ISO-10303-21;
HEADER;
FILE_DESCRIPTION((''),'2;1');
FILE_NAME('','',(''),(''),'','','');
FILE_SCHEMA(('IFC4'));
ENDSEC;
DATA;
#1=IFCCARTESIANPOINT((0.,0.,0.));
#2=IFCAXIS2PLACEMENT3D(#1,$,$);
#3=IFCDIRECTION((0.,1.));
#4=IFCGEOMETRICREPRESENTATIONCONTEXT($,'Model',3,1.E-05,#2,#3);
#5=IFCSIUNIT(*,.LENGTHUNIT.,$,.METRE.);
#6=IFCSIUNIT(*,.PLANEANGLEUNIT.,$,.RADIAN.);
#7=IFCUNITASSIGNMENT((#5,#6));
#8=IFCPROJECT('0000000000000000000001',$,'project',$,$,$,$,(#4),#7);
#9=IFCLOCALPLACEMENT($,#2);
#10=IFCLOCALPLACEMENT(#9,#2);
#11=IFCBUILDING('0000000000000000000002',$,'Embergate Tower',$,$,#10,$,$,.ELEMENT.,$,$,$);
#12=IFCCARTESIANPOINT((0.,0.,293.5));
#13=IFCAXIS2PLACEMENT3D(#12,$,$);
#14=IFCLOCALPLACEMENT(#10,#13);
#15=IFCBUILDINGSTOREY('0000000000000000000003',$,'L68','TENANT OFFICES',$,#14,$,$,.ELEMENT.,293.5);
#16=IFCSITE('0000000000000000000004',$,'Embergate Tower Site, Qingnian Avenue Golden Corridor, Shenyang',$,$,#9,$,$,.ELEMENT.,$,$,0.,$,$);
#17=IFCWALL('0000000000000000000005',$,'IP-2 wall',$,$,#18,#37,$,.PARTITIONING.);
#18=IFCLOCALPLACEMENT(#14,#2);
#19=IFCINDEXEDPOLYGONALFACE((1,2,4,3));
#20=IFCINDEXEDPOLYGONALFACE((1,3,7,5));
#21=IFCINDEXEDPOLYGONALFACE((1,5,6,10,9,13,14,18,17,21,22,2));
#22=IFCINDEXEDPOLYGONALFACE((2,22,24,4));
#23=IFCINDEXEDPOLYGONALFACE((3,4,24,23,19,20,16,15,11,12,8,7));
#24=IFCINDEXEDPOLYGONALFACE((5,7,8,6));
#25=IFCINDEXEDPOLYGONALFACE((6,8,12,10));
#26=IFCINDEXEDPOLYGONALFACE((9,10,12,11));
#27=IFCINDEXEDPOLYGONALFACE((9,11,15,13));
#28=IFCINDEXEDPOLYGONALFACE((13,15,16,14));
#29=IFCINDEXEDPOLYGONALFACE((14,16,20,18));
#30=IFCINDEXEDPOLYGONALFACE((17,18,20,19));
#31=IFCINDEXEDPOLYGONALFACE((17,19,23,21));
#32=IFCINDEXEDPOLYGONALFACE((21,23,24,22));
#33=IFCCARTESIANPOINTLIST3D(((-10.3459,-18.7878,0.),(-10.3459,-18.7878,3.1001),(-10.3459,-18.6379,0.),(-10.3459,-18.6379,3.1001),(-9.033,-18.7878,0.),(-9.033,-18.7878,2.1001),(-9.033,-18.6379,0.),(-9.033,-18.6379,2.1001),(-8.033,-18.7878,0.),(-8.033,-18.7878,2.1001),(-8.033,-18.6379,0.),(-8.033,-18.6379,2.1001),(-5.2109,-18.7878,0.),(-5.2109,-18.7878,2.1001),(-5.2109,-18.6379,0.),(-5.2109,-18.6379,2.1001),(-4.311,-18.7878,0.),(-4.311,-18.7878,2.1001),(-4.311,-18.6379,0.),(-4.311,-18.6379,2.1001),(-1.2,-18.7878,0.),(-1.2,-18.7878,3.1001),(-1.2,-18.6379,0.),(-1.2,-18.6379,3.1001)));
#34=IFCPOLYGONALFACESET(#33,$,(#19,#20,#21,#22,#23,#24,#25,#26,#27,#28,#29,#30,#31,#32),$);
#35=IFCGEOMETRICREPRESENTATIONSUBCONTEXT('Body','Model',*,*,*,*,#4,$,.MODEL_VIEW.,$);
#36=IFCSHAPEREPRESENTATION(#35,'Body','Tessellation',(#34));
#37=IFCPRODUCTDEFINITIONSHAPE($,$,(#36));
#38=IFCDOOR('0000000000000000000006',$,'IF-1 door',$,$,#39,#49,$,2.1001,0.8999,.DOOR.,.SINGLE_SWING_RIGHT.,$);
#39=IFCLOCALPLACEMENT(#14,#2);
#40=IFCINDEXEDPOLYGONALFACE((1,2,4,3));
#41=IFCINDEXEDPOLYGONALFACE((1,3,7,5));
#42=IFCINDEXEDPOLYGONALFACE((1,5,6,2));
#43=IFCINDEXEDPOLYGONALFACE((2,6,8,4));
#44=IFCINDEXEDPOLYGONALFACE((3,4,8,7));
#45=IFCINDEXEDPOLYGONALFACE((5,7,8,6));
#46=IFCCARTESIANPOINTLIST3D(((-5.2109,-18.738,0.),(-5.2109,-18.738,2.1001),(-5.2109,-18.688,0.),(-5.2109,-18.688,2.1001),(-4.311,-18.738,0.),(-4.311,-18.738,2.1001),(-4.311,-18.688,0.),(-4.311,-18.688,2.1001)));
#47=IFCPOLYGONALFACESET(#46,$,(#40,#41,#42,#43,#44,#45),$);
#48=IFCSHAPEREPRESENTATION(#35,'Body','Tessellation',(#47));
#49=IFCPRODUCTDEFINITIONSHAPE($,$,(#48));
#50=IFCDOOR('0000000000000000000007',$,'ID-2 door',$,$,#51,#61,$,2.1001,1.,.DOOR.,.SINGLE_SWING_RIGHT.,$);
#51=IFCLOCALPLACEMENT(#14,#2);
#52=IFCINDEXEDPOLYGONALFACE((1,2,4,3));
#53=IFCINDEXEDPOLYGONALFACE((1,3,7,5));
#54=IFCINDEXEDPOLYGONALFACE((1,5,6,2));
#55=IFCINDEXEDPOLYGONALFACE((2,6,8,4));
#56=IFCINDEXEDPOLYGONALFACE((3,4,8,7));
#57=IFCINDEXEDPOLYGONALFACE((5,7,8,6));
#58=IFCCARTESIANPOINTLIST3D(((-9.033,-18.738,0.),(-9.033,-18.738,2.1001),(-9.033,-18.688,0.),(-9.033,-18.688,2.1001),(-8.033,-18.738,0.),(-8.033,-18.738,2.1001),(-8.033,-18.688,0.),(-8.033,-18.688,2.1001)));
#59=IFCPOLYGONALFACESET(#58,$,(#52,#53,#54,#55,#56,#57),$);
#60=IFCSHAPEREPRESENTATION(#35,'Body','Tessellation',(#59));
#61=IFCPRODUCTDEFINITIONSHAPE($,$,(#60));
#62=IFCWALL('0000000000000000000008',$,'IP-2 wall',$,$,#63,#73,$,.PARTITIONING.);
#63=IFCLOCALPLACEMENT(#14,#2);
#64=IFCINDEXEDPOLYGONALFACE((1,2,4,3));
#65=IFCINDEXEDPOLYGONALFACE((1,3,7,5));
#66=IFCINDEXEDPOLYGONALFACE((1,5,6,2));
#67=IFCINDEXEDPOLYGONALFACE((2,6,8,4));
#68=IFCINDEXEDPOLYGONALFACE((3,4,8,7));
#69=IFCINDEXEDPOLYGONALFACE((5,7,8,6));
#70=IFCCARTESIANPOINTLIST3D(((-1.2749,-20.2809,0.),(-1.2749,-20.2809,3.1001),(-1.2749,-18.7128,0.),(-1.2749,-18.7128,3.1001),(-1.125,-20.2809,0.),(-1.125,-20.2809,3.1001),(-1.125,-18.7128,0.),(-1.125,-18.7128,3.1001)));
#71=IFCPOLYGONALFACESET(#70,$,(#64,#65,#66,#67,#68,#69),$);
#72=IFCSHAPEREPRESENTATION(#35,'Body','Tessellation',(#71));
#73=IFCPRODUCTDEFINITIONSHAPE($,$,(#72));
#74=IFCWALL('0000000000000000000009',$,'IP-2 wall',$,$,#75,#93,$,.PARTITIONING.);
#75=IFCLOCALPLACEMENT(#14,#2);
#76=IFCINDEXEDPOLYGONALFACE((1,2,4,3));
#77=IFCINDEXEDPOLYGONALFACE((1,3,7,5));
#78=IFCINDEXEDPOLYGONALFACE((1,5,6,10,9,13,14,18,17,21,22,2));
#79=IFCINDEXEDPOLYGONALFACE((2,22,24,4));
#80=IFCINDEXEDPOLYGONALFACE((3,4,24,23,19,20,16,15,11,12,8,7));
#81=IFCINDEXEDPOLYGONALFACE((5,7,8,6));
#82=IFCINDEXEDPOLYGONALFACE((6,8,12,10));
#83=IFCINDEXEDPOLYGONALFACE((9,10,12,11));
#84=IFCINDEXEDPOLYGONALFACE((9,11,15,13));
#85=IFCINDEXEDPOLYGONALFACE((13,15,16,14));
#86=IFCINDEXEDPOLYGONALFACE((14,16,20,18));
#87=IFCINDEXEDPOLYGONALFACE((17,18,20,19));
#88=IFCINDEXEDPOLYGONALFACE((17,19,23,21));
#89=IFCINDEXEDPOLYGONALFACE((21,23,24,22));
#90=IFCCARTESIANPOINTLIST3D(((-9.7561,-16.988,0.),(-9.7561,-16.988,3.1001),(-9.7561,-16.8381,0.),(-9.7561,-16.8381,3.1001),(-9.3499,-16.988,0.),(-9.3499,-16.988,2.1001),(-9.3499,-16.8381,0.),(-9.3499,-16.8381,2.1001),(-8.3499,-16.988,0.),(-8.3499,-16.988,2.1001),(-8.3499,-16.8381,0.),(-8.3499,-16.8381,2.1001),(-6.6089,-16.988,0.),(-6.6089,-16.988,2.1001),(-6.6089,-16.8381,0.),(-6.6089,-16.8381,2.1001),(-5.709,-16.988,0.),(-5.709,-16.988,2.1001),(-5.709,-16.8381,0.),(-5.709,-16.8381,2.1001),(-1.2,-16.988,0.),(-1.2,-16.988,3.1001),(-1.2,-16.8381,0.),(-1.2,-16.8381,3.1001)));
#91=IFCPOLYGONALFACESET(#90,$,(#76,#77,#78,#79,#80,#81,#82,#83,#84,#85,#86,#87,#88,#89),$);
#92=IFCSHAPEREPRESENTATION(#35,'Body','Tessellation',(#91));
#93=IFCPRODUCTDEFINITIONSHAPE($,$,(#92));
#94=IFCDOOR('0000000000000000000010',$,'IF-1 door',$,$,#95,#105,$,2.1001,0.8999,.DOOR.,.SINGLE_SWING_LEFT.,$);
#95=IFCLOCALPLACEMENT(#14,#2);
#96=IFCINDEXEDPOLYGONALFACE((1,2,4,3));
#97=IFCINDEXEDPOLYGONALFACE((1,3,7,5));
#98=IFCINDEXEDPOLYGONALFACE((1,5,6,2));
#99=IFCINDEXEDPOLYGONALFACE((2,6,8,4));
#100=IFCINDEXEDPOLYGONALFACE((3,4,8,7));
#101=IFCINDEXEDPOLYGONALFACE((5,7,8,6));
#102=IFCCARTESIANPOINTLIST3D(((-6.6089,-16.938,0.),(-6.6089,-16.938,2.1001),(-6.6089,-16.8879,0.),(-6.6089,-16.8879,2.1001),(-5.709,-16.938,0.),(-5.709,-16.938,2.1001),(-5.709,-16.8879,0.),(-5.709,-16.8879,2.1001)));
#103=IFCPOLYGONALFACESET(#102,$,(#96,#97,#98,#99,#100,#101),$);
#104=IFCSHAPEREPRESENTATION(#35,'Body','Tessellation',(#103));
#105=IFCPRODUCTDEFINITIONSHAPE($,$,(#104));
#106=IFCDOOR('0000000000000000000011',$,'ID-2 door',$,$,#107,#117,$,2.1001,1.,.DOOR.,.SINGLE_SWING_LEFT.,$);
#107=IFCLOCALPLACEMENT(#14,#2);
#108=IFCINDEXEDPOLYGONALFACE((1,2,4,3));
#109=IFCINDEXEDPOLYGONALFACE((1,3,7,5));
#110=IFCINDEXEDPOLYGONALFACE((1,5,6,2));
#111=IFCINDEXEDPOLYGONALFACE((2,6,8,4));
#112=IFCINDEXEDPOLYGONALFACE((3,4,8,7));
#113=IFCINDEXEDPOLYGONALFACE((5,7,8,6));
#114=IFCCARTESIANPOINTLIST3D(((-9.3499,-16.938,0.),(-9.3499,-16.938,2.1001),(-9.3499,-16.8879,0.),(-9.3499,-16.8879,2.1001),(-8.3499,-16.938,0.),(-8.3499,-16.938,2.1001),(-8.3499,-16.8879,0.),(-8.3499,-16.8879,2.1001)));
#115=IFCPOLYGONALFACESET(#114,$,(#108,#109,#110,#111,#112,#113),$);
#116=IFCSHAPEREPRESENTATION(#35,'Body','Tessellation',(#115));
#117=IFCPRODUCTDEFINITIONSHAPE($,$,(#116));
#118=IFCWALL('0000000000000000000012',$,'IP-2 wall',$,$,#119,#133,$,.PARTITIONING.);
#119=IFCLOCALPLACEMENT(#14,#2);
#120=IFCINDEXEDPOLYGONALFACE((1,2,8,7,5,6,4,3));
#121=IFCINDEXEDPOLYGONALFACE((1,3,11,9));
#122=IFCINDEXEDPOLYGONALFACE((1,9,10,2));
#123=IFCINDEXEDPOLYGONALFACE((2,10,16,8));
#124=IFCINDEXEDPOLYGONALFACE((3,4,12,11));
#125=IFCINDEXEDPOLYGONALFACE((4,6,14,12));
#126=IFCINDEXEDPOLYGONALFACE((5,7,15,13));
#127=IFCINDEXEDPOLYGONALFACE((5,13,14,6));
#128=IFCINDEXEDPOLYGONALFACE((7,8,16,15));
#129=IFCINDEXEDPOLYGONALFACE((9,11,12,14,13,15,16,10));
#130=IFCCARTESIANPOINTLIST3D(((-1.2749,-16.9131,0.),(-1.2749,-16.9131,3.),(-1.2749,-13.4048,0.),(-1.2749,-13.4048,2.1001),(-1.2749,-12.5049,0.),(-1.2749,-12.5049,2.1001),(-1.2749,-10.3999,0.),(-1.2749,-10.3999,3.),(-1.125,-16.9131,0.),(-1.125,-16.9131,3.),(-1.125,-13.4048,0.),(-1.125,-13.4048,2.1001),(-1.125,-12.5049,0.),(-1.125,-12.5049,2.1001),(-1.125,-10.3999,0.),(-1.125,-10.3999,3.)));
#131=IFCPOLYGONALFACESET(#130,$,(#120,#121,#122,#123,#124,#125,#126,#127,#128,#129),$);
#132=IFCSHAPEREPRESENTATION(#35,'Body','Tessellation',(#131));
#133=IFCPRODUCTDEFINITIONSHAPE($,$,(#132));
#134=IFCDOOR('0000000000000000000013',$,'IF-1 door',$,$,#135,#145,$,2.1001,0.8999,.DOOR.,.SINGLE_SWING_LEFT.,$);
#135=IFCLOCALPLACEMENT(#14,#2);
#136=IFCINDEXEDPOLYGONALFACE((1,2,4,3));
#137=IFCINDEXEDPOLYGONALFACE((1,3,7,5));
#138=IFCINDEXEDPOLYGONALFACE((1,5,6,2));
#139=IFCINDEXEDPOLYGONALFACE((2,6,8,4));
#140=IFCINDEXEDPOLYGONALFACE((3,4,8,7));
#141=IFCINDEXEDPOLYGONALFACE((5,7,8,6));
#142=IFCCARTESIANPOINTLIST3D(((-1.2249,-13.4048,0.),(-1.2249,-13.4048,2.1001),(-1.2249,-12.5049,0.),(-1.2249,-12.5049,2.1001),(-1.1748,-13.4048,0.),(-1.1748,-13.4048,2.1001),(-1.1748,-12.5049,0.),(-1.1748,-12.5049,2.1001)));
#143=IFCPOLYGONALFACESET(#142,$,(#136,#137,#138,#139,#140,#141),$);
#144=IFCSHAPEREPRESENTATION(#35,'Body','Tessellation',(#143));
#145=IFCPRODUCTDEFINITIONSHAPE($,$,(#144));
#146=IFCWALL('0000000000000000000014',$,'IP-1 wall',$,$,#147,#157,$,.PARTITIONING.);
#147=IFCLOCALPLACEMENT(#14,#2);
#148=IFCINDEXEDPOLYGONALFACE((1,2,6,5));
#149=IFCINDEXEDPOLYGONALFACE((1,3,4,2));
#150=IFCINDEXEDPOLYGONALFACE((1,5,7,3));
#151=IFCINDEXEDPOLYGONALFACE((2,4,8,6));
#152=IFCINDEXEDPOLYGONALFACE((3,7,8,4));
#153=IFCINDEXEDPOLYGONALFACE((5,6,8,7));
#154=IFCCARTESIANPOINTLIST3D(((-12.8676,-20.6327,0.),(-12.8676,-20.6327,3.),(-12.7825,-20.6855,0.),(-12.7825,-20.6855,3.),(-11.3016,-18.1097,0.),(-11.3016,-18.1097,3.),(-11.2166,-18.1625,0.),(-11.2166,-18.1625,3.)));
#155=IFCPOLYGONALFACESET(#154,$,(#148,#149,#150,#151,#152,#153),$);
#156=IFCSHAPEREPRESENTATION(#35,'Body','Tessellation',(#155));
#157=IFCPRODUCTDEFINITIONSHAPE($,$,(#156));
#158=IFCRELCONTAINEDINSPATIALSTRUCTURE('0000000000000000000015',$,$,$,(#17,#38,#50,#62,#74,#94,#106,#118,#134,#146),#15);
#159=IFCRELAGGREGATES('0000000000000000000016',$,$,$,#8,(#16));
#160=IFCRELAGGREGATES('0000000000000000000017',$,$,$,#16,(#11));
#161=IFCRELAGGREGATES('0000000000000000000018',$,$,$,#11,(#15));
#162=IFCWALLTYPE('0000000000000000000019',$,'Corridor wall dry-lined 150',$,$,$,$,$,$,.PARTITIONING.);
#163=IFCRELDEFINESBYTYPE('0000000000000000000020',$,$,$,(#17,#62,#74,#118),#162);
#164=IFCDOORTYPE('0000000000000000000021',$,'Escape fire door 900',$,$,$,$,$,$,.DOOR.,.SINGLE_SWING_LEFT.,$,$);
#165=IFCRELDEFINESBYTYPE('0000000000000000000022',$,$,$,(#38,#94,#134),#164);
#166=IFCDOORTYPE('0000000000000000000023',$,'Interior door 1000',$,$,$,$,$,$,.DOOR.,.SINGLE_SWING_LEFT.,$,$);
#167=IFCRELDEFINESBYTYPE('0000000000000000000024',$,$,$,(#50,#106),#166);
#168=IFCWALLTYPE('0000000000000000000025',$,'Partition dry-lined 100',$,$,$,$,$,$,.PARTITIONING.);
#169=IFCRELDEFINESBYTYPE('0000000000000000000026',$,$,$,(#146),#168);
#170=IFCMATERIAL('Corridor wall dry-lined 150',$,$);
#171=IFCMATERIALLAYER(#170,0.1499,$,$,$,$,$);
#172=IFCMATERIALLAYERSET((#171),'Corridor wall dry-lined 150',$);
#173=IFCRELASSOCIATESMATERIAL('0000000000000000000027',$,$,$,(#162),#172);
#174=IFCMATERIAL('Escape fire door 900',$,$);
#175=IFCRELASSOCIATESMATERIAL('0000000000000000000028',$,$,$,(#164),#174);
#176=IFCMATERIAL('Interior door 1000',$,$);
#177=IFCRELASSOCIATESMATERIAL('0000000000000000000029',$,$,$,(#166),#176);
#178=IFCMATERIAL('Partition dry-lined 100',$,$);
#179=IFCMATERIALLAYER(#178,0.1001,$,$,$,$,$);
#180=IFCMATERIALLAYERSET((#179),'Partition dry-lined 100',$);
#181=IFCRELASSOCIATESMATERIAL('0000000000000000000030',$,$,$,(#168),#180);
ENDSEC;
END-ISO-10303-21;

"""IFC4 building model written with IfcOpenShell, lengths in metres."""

from ifc_helpers import new_model, si_unit, direction, frame, frame_2d, origin, place, context, subcontext, project, spatial, rectangle, extrude, source, transform, mapped, material, layer, layer_set, type_object, element, fill, save


model = new_model("IFC4")

# Units and contexts
model_context = context("Model", 3, precision=1e-05, world=origin(), true_north=direction((0.0, 1.0)))
body_context = subcontext(model_context, "Body", "Model", "MODEL_VIEW")
ifc_project = project(units=[si_unit("LENGTHUNIT", "METRE"), si_unit("PLANEANGLEUNIT", "RADIAN")], contexts=[model_context])

# Site, building, storey
site_placement = place(None, origin())
site = spatial("IfcSite", under=ifc_project, at=site_placement, Name="Embergate Tower Site, Qingnian Avenue Golden Corridor, Shenyang", CompositionType="ELEMENT", RefElevation=0.0)
building_placement = place(site_placement, origin())
building = spatial("IfcBuilding", under=site, at=building_placement, Name="Embergate Tower", CompositionType="ELEMENT")
storey_placement = place(building_placement, frame((0.0, 0.0, 293.5)))
storey = spatial("IfcBuildingStorey", under=building, at=storey_placement, Name="L68", Description="TENANT OFFICES", CompositionType="ELEMENT", Elevation=293.5)

# Wall, openings, doors
ifc_material_1 = material(Name="Corridor wall dry-lined 150")
ifc_layer_1 = layer(ifc_material_1, 0.1499)
ifc_layer_set_1 = layer_set([ifc_layer_1], Name="Corridor wall dry-lined 150")
wall_type_1 = type_object("IfcWallType", Name="Corridor wall dry-lined 150", PredefinedType="PARTITIONING", material=ifc_layer_set_1)
shared_shape_1 = source(origin(), body_context, "Body", "SweptSolid", [
    extrude(rectangle(XDim=0.8999, YDim=2.1001, at=frame_2d((0.45, 1.05))), frame((0.0, 0.085, 0.0), z_axis=(0.0, -1.0, 0.0), x_axis=(1.0, 0.0, 0.0)), (0.0, 0.0, 1.0), 0.1699),
])
shared_shape_2 = source(origin(), body_context, "Body", "SweptSolid", [
    extrude(rectangle(XDim=1.0, YDim=2.1001, at=frame_2d((0.5, 1.05))), frame((0.0, 0.085, 0.0), z_axis=(0.0, -1.0, 0.0), x_axis=(1.0, 0.0, 0.0)), (0.0, 0.0, 1.0), 0.1699),
])
ifc_material_2 = material(Name="Escape fire door 900")
door_type_1 = type_object("IfcDoorType", Name="Escape fire door 900", OperationType="SINGLE_SWING_LEFT", PredefinedType="DOOR", material=ifc_material_2)
shared_shape_3 = source(origin(), body_context, "Body", "SweptSolid", [
    extrude(rectangle(XDim=0.8999, YDim=2.1001, at=frame_2d((0.45, 1.05))), frame((0.0, 0.0249, 0.0), z_axis=(0.0, -1.0, 0.0), x_axis=(1.0, 0.0, 0.0)), (0.0, 0.0, 1.0), 0.05),
])
ifc_material_3 = material(Name="Interior door 1000")
door_type_2 = type_object("IfcDoorType", Name="Interior door 1000", OperationType="SINGLE_SWING_LEFT", PredefinedType="DOOR", material=ifc_material_3)
shared_shape_4 = source(origin(), body_context, "Body", "SweptSolid", [
    extrude(rectangle(XDim=1.0, YDim=2.1001, at=frame_2d((0.5, 1.05))), frame((0.0, 0.0249, 0.0), z_axis=(0.0, -1.0, 0.0), x_axis=(1.0, 0.0, 0.0)), (0.0, 0.0, 1.0), 0.05),
])
shared_shape_5 = source(origin(), body_context, "Body", "SweptSolid", [
    extrude(rectangle(XDim=9.146, YDim=0.1499, at=frame_2d((4.573, 0.0))), origin(), (0.0, 0.0, 1.0), 3.1001),
])
wall_1_placement = place(storey_placement, frame((-10.3459, -18.7129, 0.0), z_axis=(0.0, 0.0, 1.0), x_axis=(1.0, 0.0, 0.0)))
wall_1 = element("IfcWall", 1, at=wall_1_placement, inside=storey, type_object=wall_type_1, Name="IP-2 wall", PredefinedType="PARTITIONING", context=body_context, shape_type="MappedRepresentation", body=[
    mapped(shared_shape_5, transform((0.0, 0.0, 0.0))),
])
opening_1_placement = place(wall_1_placement, frame((1.313, 0.0, 0.0)))
opening_1 = element("IfcOpeningElement", 2, at=opening_1_placement, cuts=wall_1, PredefinedType="OPENING", context=body_context, shape_type="MappedRepresentation", body=[
    mapped(shared_shape_2, transform((0.0, 0.0, 0.0))),
])
opening_2_placement = place(wall_1_placement, frame((5.135, 0.0, 0.0)))
opening_2 = element("IfcOpeningElement", 3, at=opening_2_placement, cuts=wall_1, PredefinedType="OPENING", context=body_context, shape_type="MappedRepresentation", body=[
    mapped(shared_shape_1, transform((0.0, 0.0, 0.0))),
])
door_1_placement = place(opening_2_placement, origin())
door_1 = element("IfcDoor", 4, at=door_1_placement, inside=storey, type_object=door_type_1, Name="IF-1 door", OperationType="SINGLE_SWING_RIGHT", OverallHeight=2.1001, OverallWidth=0.8999, PredefinedType="DOOR", context=body_context, shape_type="MappedRepresentation", body=[
    mapped(shared_shape_3, transform((0.0, 0.0, 0.0))),
])
fill(opening_2, door_1)
door_2_placement = place(opening_1_placement, origin())
door_2 = element("IfcDoor", 5, at=door_2_placement, inside=storey, type_object=door_type_2, Name="ID-2 door", OperationType="SINGLE_SWING_RIGHT", OverallHeight=2.1001, OverallWidth=1.0, PredefinedType="DOOR", context=body_context, shape_type="MappedRepresentation", body=[
    mapped(shared_shape_4, transform((0.0, 0.0, 0.0))),
])
fill(opening_1, door_2)

# Wall
shared_shape_6 = source(origin(), body_context, "Body", "SweptSolid", [
    extrude(rectangle(XDim=1.5681, YDim=0.1499, at=frame_2d((0.7842, 0.0))), origin(), (0.0, 0.0, 1.0), 3.1001),
])
wall_2_placement = place(storey_placement, frame((-1.2, -20.281, 0.0), z_axis=(0.0, 0.0, 1.0), x_axis=(0.0, 1.0, 0.0)))
element("IfcWall", 6, at=wall_2_placement, inside=storey, type_object=wall_type_1, Name="IP-2 wall", PredefinedType="PARTITIONING", context=body_context, shape_type="MappedRepresentation", body=[
    mapped(shared_shape_6, transform((0.0, 0.0, 0.0))),
])

# Wall, openings, doors
shared_shape_7 = source(origin(), body_context, "Body", "SweptSolid", [
    extrude(rectangle(XDim=8.5562, YDim=0.1499, at=frame_2d((4.2781, 0.0))), origin(), (0.0, 0.0, 1.0), 3.1001),
])
wall_3_placement = place(storey_placement, frame((-1.2, -16.9131, 0.0), z_axis=(0.0, 0.0, 1.0), x_axis=(-1.0, 0.0, 0.0)))
wall_3 = element("IfcWall", 7, at=wall_3_placement, inside=storey, type_object=wall_type_1, Name="IP-2 wall", PredefinedType="PARTITIONING", context=body_context, shape_type="MappedRepresentation", body=[
    mapped(shared_shape_7, transform((0.0, 0.0, 0.0))),
])
opening_3_placement = place(wall_3_placement, frame((7.1499, 0.0, 0.0)))
opening_3 = element("IfcOpeningElement", 8, at=opening_3_placement, cuts=wall_3, PredefinedType="OPENING", context=body_context, shape_type="MappedRepresentation", body=[
    mapped(shared_shape_2, transform((0.0, 0.0, 0.0))),
])
opening_4_placement = place(wall_3_placement, frame((4.509, 0.0, 0.0)))
opening_4 = element("IfcOpeningElement", 9, at=opening_4_placement, cuts=wall_3, PredefinedType="OPENING", context=body_context, shape_type="MappedRepresentation", body=[
    mapped(shared_shape_1, transform((0.0, 0.0, 0.0))),
])
door_3_placement = place(opening_4_placement, origin())
door_3 = element("IfcDoor", 10, at=door_3_placement, inside=storey, type_object=door_type_1, Name="IF-1 door", OperationType="SINGLE_SWING_LEFT", OverallHeight=2.1001, OverallWidth=0.8999, PredefinedType="DOOR", context=body_context, shape_type="MappedRepresentation", body=[
    mapped(shared_shape_3, transform((0.0, 0.0, 0.0))),
])
fill(opening_4, door_3)
door_4_placement = place(opening_3_placement, origin())
door_4 = element("IfcDoor", 11, at=door_4_placement, inside=storey, type_object=door_type_2, Name="ID-2 door", OperationType="SINGLE_SWING_LEFT", OverallHeight=2.1001, OverallWidth=1.0, PredefinedType="DOOR", context=body_context, shape_type="MappedRepresentation", body=[
    mapped(shared_shape_4, transform((0.0, 0.0, 0.0))),
])
fill(opening_3, door_4)

# Wall, opening, door
shared_shape_8 = source(origin(), body_context, "Body", "SweptSolid", [
    extrude(rectangle(XDim=6.5132, YDim=0.1499, at=frame_2d((3.2566, 0.0))), origin(), (0.0, 0.0, 1.0), 3.0),
])
wall_4_placement = place(storey_placement, frame((-1.2, -16.9131, 0.0), z_axis=(0.0, 0.0, 1.0), x_axis=(0.0, 1.0, 0.0)))
wall_4 = element("IfcWall", 12, at=wall_4_placement, inside=storey, type_object=wall_type_1, Name="IP-2 wall", PredefinedType="PARTITIONING", context=body_context, shape_type="MappedRepresentation", body=[
    mapped(shared_shape_8, transform((0.0, 0.0, 0.0))),
])
opening_5_placement = place(wall_4_placement, frame((3.5083, 0.0, 0.0)))
opening_5 = element("IfcOpeningElement", 13, at=opening_5_placement, cuts=wall_4, PredefinedType="OPENING", context=body_context, shape_type="MappedRepresentation", body=[
    mapped(shared_shape_1, transform((0.0, 0.0, 0.0))),
])
door_5_placement = place(opening_5_placement, origin())
door_5 = element("IfcDoor", 14, at=door_5_placement, inside=storey, type_object=door_type_1, Name="IF-1 door", OperationType="SINGLE_SWING_LEFT", OverallHeight=2.1001, OverallWidth=0.8999, PredefinedType="DOOR", context=body_context, shape_type="MappedRepresentation", body=[
    mapped(shared_shape_3, transform((0.0, 0.0, 0.0))),
])
fill(opening_5, door_5)

# Wall
ifc_material_4 = material(Name="Partition dry-lined 100")
ifc_layer_2 = layer(ifc_material_4, 0.1001)
ifc_layer_set_2 = layer_set([ifc_layer_2], Name="Partition dry-lined 100")
wall_type_2 = type_object("IfcWallType", Name="Partition dry-lined 100", PredefinedType="PARTITIONING", material=ifc_layer_set_2)
shared_shape_9 = source(origin(), body_context, "Body", "SweptSolid", [
    extrude(rectangle(XDim=2.9695, YDim=0.1001, at=frame_2d((1.4849, 0.0))), origin(), (0.0, 0.0, 1.0), 3.0),
])
wall_5_placement = place(storey_placement, frame((-11.259, -18.136, 0.0), z_axis=(0.0, 0.0, 1.0), x_axis=(-0.527351, -0.849648, 0.0)))
element("IfcWall", 15, at=wall_5_placement, inside=storey, type_object=wall_type_2, Name="IP-1 wall", PredefinedType="PARTITIONING", context=body_context, shape_type="MappedRepresentation", body=[
    mapped(shared_shape_9, transform((0.0, 0.0, 0.0))),
])

save(model, "model.ifc")
